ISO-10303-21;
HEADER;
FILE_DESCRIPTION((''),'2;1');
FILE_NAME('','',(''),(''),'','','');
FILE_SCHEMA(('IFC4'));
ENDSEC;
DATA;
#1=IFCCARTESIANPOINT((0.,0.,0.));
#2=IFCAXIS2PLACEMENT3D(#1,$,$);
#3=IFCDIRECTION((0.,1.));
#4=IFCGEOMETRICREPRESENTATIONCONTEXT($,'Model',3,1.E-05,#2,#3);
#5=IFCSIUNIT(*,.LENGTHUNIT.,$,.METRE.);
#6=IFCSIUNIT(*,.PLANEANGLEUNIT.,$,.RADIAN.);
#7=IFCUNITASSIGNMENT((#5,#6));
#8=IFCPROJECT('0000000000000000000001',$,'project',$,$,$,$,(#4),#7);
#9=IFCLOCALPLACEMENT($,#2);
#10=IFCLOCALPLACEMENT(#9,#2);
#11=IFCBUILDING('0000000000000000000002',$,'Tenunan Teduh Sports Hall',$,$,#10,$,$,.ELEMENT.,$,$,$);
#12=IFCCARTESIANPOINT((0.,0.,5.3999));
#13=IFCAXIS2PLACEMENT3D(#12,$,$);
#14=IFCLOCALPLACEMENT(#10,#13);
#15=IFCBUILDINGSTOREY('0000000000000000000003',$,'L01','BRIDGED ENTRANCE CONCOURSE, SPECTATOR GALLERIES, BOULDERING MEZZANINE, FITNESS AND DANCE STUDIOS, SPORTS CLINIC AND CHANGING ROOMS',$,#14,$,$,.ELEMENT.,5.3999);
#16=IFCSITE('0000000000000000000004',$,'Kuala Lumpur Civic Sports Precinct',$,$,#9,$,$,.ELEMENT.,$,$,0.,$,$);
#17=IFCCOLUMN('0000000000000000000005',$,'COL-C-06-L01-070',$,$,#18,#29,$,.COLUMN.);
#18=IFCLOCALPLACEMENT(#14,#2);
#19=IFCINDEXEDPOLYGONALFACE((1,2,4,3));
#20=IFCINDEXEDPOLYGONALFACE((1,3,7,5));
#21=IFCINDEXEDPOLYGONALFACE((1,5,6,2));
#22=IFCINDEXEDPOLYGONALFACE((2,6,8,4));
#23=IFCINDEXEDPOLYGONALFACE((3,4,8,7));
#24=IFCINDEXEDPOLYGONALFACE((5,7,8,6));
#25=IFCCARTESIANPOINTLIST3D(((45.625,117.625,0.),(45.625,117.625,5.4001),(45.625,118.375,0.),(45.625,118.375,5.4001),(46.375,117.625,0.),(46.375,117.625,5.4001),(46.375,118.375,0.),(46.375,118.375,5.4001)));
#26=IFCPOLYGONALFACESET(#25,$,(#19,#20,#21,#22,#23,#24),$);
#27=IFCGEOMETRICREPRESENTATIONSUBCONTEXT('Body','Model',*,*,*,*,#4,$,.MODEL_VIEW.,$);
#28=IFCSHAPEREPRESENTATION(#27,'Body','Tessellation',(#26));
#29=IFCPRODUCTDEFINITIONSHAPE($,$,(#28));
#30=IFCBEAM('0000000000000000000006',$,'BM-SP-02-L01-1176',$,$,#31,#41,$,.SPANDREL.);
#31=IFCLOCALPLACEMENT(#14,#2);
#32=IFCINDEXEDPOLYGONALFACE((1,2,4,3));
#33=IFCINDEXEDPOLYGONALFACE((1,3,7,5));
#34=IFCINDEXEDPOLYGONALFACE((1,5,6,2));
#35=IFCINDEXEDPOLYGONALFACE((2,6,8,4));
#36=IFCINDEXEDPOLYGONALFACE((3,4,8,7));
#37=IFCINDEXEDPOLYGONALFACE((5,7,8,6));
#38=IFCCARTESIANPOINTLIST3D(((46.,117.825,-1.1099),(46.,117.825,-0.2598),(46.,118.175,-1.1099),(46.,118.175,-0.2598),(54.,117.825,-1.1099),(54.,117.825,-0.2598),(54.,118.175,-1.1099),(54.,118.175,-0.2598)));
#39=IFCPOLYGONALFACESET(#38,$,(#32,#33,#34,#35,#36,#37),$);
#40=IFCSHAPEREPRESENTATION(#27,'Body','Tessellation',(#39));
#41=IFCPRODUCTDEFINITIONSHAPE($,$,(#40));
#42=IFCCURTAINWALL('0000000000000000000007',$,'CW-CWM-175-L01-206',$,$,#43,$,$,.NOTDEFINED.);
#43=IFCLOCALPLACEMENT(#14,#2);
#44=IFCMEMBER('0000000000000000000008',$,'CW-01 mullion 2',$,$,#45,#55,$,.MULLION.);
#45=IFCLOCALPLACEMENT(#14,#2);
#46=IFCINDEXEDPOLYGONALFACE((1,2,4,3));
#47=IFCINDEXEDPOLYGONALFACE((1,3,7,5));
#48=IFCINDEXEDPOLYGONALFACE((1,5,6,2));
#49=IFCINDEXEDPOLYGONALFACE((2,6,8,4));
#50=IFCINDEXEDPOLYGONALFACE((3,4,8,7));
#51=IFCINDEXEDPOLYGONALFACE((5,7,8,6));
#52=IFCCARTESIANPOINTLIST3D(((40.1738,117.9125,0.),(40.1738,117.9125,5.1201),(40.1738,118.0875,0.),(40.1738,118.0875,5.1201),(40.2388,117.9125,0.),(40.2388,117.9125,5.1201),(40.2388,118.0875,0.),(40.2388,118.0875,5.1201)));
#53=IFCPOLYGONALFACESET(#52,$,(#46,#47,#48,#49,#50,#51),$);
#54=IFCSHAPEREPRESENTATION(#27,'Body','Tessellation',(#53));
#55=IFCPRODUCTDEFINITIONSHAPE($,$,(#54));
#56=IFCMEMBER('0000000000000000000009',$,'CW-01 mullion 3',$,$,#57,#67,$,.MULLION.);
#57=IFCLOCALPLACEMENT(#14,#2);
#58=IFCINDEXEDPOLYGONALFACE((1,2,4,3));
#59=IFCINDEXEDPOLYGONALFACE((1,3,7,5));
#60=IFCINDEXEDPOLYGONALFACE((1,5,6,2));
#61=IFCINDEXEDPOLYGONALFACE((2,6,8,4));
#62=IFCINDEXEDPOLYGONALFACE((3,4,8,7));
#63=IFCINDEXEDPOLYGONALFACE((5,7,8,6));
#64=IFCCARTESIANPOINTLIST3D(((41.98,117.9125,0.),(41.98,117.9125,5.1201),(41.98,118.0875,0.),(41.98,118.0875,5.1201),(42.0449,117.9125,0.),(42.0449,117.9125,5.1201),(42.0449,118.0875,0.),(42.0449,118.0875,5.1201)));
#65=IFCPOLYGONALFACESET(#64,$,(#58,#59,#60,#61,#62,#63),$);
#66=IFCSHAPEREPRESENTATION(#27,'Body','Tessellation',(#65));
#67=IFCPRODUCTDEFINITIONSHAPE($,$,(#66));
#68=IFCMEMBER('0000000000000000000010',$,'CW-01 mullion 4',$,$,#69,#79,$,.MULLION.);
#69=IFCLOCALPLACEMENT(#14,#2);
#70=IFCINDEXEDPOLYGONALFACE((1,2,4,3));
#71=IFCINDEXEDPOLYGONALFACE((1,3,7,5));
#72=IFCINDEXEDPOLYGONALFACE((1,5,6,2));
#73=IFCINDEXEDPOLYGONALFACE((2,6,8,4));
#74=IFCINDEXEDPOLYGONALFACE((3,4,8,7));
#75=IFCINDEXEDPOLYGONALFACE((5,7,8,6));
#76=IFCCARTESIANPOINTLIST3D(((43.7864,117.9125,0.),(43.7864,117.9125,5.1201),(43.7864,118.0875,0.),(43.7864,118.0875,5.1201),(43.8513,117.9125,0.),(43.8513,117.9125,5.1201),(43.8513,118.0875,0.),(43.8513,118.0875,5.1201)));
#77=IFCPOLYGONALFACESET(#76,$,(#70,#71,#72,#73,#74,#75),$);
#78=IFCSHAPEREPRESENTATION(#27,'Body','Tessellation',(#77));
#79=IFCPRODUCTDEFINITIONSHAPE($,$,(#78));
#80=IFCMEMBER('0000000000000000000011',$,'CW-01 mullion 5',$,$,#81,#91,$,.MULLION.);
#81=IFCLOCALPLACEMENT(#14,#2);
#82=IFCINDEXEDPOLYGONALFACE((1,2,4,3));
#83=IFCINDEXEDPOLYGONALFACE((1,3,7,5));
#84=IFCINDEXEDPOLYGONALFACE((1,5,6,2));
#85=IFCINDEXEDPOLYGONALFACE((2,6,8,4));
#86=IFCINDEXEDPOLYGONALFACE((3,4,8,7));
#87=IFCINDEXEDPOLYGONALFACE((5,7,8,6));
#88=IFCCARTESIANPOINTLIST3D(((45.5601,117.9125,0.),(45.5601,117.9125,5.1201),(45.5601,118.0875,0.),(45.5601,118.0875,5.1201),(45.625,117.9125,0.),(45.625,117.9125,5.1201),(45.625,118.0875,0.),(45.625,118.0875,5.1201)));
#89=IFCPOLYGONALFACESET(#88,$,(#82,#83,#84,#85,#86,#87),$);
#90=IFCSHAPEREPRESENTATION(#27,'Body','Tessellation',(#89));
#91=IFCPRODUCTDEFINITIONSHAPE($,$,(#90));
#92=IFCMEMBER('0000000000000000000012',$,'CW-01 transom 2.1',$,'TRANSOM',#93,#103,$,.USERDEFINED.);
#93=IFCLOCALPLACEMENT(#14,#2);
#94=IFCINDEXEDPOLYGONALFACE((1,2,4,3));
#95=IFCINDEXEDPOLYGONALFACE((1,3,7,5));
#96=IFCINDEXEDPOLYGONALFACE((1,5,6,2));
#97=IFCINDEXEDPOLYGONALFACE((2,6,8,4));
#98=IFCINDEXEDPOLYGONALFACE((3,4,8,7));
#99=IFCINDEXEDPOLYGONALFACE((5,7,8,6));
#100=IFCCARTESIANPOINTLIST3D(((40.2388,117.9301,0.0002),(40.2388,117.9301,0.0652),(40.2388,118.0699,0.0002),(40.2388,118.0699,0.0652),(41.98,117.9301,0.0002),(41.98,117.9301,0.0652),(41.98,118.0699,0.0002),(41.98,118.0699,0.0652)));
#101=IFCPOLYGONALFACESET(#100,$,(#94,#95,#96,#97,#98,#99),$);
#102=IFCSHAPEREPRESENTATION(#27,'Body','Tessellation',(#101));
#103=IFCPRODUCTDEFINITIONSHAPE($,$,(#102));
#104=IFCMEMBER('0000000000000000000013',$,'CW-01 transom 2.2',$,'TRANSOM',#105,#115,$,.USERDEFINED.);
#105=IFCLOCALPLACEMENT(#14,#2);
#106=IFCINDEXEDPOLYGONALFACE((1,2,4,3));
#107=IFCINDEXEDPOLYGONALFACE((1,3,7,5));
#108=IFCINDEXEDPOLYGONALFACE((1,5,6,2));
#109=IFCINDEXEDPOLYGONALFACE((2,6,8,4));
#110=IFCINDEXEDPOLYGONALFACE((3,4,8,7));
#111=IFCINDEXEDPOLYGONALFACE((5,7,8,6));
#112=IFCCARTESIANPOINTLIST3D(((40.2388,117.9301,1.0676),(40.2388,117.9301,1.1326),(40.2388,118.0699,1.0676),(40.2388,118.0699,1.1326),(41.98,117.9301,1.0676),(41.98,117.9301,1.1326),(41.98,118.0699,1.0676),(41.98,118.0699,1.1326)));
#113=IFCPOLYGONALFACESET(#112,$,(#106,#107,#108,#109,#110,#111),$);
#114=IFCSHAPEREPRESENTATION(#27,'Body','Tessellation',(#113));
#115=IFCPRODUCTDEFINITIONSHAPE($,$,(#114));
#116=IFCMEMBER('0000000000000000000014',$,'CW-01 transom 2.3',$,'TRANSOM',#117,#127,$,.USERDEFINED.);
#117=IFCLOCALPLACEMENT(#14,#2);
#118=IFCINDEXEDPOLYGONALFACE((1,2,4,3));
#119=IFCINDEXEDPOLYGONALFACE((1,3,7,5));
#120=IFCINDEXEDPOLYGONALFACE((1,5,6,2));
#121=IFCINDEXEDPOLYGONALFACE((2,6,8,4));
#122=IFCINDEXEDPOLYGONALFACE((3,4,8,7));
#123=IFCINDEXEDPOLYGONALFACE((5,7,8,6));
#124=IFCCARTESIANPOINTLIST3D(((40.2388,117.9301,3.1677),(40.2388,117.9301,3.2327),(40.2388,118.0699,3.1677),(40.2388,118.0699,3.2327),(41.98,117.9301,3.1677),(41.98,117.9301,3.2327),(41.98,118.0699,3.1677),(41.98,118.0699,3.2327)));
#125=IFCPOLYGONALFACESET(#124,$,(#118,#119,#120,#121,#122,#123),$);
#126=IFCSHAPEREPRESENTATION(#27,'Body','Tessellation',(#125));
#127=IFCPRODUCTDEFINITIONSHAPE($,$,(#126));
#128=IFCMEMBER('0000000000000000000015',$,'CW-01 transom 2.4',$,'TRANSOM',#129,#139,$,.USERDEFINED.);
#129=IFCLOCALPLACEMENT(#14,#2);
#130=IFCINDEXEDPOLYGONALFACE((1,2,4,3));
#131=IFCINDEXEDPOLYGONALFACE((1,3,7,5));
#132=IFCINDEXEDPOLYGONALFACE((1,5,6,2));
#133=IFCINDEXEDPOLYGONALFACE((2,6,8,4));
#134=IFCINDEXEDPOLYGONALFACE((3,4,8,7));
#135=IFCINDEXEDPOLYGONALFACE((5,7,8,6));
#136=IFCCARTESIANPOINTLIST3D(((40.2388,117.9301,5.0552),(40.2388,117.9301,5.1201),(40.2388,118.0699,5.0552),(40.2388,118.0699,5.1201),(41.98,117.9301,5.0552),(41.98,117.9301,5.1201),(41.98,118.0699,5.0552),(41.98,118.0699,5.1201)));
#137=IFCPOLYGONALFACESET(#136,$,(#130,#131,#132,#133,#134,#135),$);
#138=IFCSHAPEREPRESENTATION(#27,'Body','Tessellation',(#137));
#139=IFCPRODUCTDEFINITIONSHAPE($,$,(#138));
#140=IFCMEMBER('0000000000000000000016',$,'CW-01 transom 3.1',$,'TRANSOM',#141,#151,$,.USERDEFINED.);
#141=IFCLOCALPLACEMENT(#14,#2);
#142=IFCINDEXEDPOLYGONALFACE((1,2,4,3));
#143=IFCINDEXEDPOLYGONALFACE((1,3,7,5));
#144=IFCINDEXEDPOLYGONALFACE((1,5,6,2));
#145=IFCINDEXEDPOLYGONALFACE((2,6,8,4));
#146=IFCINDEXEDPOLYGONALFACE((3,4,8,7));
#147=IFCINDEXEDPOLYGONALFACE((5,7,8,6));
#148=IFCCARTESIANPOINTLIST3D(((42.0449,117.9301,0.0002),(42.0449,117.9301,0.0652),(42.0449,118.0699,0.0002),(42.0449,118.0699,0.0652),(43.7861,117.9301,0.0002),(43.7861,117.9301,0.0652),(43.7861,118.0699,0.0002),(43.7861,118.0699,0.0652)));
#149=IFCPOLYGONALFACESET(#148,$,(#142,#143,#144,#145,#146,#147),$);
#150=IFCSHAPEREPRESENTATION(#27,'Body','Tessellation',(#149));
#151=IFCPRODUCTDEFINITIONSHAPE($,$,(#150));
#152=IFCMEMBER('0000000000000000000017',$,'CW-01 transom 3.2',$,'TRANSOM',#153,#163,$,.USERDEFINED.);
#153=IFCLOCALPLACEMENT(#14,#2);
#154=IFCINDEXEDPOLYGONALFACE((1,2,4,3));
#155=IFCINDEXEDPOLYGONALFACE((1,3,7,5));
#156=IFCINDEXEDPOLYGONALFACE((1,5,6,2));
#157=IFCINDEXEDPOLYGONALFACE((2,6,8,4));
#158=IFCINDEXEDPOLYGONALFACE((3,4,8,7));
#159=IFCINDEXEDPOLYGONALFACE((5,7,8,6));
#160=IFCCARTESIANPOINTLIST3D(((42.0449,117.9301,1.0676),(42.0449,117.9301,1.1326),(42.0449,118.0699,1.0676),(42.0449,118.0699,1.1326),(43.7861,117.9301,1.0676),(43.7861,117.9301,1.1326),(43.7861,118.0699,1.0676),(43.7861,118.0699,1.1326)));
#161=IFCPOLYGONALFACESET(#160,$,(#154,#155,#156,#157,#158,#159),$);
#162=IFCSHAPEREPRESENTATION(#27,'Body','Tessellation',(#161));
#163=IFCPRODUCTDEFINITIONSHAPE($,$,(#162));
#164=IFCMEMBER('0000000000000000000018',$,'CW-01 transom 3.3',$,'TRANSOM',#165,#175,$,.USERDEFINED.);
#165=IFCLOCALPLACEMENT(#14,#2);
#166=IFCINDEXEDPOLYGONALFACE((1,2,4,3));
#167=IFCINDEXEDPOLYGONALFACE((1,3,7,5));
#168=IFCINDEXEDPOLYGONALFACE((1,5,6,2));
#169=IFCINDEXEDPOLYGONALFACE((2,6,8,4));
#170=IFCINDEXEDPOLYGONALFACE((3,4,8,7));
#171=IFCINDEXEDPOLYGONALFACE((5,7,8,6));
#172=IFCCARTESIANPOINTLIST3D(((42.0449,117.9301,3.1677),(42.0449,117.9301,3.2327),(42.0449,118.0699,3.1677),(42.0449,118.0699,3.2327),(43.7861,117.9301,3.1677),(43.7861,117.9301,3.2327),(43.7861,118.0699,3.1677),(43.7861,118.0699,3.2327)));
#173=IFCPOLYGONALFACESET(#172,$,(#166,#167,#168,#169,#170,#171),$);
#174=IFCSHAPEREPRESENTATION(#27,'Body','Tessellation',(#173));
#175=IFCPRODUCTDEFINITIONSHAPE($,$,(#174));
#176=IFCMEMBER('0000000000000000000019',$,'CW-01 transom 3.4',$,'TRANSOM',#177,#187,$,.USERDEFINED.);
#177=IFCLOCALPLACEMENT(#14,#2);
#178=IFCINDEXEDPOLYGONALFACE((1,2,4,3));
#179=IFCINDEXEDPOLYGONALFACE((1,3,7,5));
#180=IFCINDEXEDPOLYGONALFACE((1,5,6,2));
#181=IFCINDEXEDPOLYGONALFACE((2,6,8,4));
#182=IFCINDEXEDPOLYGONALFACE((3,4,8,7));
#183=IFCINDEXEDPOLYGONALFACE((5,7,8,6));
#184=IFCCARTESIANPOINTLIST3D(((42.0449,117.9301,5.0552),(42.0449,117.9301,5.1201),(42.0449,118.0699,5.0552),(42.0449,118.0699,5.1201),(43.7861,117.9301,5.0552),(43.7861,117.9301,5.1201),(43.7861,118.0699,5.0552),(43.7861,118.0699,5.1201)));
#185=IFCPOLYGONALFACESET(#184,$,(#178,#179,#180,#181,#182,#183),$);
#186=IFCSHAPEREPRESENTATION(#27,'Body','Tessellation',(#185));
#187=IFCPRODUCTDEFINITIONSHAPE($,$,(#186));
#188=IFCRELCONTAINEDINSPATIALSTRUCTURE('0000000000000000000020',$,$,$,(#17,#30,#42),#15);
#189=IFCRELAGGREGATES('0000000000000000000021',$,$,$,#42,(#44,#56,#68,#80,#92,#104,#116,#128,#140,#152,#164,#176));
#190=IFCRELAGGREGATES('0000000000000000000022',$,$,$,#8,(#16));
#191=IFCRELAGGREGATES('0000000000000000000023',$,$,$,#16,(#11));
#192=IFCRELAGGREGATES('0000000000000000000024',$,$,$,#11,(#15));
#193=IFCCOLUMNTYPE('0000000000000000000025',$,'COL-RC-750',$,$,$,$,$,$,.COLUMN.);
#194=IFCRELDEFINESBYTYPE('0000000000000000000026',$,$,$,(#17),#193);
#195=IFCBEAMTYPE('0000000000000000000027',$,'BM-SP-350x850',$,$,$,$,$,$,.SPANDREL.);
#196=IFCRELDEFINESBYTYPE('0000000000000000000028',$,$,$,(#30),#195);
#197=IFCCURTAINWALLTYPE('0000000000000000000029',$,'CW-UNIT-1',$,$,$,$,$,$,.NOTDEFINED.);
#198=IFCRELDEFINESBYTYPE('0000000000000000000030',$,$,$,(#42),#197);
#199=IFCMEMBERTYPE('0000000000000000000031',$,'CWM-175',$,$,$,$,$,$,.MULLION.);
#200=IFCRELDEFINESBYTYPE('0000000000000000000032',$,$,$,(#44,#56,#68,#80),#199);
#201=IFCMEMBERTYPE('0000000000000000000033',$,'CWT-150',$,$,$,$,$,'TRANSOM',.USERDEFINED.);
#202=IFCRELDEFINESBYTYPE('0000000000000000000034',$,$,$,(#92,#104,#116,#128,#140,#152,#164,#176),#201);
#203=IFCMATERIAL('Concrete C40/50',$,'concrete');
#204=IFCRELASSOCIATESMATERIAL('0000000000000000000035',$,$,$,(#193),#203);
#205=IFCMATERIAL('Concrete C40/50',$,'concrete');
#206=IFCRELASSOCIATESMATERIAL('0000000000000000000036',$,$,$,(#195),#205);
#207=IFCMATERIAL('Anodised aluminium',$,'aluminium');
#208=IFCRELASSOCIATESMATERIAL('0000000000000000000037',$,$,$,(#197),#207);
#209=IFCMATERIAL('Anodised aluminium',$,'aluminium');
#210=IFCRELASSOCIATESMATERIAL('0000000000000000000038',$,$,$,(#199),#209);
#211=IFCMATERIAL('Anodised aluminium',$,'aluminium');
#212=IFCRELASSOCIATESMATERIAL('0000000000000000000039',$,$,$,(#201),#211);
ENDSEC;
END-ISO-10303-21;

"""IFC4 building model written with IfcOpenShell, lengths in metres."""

from ifc_helpers import new_model, si_unit, direction, frame, origin, origin_2d, place, context, subcontext, project, spatial, rectangle, extrude, material, material_profile, profile_set, type_object, element, aggregate, save


model = new_model("IFC4")

# Units and contexts
model_context = context("Model", 3, precision=1e-05, world=origin(), true_north=direction((0.0, 1.0)))
body_context = subcontext(model_context, "Body", "Model", "MODEL_VIEW")
ifc_project = project(units=[si_unit("LENGTHUNIT", "METRE"), si_unit("PLANEANGLEUNIT", "RADIAN")], contexts=[model_context])

# Site, building, storey
site_placement = place(None, origin())
site = spatial("IfcSite", under=ifc_project, at=site_placement, Name="Kuala Lumpur Civic Sports Precinct", CompositionType="ELEMENT", RefElevation=0.0)
building_placement = place(site_placement, origin())
building = spatial("IfcBuilding", under=site, at=building_placement, Name="Tenunan Teduh Sports Hall", CompositionType="ELEMENT")
storey_placement = place(building_placement, frame((0.0, 0.0, 5.3999)))
storey = spatial("IfcBuildingStorey", under=building, at=storey_placement, Name="L01", Description="BRIDGED ENTRANCE CONCOURSE, SPECTATOR GALLERIES, BOULDERING MEZZANINE, FITNESS AND DANCE STUDIOS, SPORTS CLINIC AND CHANGING ROOMS", CompositionType="ELEMENT", Elevation=5.3999)

# Column
ifc_material_1 = material(Name="Concrete C40/50", Category="concrete")
ifc_material_profile_1 = material_profile(ifc_material_1, rectangle(XDim=0.75, YDim=0.75, at=origin_2d()), Name="RC 750x750")
ifc_profile_set_1 = profile_set([ifc_material_profile_1], Name="Concrete C40/50")
column_type = type_object("IfcColumnType", Name="COL-RC-750", PredefinedType="COLUMN", material=ifc_profile_set_1)
column_placement = place(storey_placement, frame((46.0, 118.0, 0.0), z_axis=(0.0, 0.0, 1.0), x_axis=(1.0, 0.0, 0.0)))
element("IfcColumn", 1, at=column_placement, inside=storey, type_object=column_type, Name="COL-C-06-L01-070", PredefinedType="COLUMN", context=body_context, shape_type="SweptSolid", body=[
    extrude(rectangle(XDim=0.75, YDim=0.75, at=origin_2d()), origin(), (0.0, 0.0, 1.0), 5.4001),
])

# Beam
ifc_material_2 = material(Name="Concrete C40/50", Category="concrete")
ifc_material_profile_2 = material_profile(ifc_material_2, rectangle(XDim=0.3501, YDim=0.8501, at=origin_2d()), Name="SPB 350x850")
ifc_profile_set_2 = profile_set([ifc_material_profile_2], Name="Concrete C40/50")
beam_type = type_object("IfcBeamType", Name="BM-SP-350x850", PredefinedType="SPANDREL", material=ifc_profile_set_2)
beam_placement = place(storey_placement, frame((46.0, 118.0, -0.6848), z_axis=(1.0, 0.0, 0.0), x_axis=(0.0, 1.0, 0.0)))
element("IfcBeam", 2, at=beam_placement, inside=storey, type_object=beam_type, Name="BM-SP-02-L01-1176", PredefinedType="SPANDREL", context=body_context, shape_type="SweptSolid", body=[
    extrude(rectangle(XDim=0.3501, YDim=0.8501, at=origin_2d()), origin(), (0.0, 0.0, 1.0), 8.0),
])

# Curtain wall, members
ifc_material_3 = material(Name="Anodised aluminium", Category="aluminium")
curtain_wall_type = type_object("IfcCurtainWallType", Name="CW-UNIT-1", PredefinedType="NOTDEFINED", material=ifc_material_3)
curtain_wall_placement = place(storey_placement, origin())
curtain_wall = element("IfcCurtainWall", 3, at=curtain_wall_placement, inside=storey, type_object=curtain_wall_type, Name="CW-CWM-175-L01-206", PredefinedType="NOTDEFINED")
ifc_material_4 = material(Name="Anodised aluminium", Category="aluminium")
ifc_material_profile_3 = material_profile(ifc_material_4, rectangle(XDim=0.0649, YDim=0.175, at=origin_2d()), Name="CWM 65x175")
ifc_profile_set_3 = profile_set([ifc_material_profile_3], Name="Anodised aluminium")
member_type_1 = type_object("IfcMemberType", Name="CWM-175", PredefinedType="MULLION", material=ifc_profile_set_3)
member_1_placement = place(storey_placement, frame((40.2063, 118.0, 0.0), z_axis=(0.0, 0.0, 1.0), x_axis=(1.0, 0.0, 0.0)))
member_1 = element("IfcMember", 4, at=member_1_placement, type_object=member_type_1, Name="CW-01 mullion 2", PredefinedType="MULLION", context=body_context, shape_type="SweptSolid", body=[
    extrude(rectangle(XDim=0.0649, YDim=0.175, at=origin_2d()), origin(), (0.0, 0.0, 1.0), 5.1201),
])
member_2_placement = place(storey_placement, frame((42.0125, 118.0, 0.0), z_axis=(0.0, 0.0, 1.0), x_axis=(1.0, 0.0, 0.0)))
member_2 = element("IfcMember", 5, at=member_2_placement, type_object=member_type_1, Name="CW-01 mullion 3", PredefinedType="MULLION", context=body_context, shape_type="SweptSolid", body=[
    extrude(rectangle(XDim=0.0649, YDim=0.175, at=origin_2d()), origin(), (0.0, 0.0, 1.0), 5.1201),
])
member_3_placement = place(storey_placement, frame((43.8188, 118.0, 0.0), z_axis=(0.0, 0.0, 1.0), x_axis=(1.0, 0.0, 0.0)))
member_3 = element("IfcMember", 6, at=member_3_placement, type_object=member_type_1, Name="CW-01 mullion 4", PredefinedType="MULLION", context=body_context, shape_type="SweptSolid", body=[
    extrude(rectangle(XDim=0.0649, YDim=0.175, at=origin_2d()), origin(), (0.0, 0.0, 1.0), 5.1201),
])
member_4_placement = place(storey_placement, frame((45.5925, 118.0, 0.0), z_axis=(0.0, 0.0, 1.0), x_axis=(1.0, 0.0, 0.0)))
member_4 = element("IfcMember", 7, at=member_4_placement, type_object=member_type_1, Name="CW-01 mullion 5", PredefinedType="MULLION", context=body_context, shape_type="SweptSolid", body=[
    extrude(rectangle(XDim=0.0649, YDim=0.175, at=origin_2d()), origin(), (0.0, 0.0, 1.0), 5.1201),
])
ifc_material_5 = material(Name="Anodised aluminium", Category="aluminium")
ifc_material_profile_4 = material_profile(ifc_material_5, rectangle(XDim=0.0649, YDim=0.1399, at=origin_2d()), Name="CWT 65x140")
ifc_profile_set_4 = profile_set([ifc_material_profile_4], Name="Anodised aluminium")
member_type_2 = type_object("IfcMemberType", Name="CWT-150", ElementType="TRANSOM", PredefinedType="USERDEFINED", material=ifc_profile_set_4)
member_5_placement = place(storey_placement, frame((40.2388, 118.0, 0.0327), z_axis=(1.0, 0.0, 0.0), x_axis=(0.0, 0.0, 1.0)))
member_5 = element("IfcMember", 8, at=member_5_placement, type_object=member_type_2, Name="CW-01 transom 2.1", ObjectType="TRANSOM", PredefinedType="USERDEFINED", context=body_context, shape_type="SweptSolid", body=[
    extrude(rectangle(XDim=0.0649, YDim=0.1399, at=origin_2d()), origin(), (0.0, 0.0, 1.0), 1.7412),
])
member_6_placement = place(storey_placement, frame((40.2388, 118.0, 1.1001), z_axis=(1.0, 0.0, 0.0), x_axis=(0.0, 0.0, 1.0)))
member_6 = element("IfcMember", 9, at=member_6_placement, type_object=member_type_2, Name="CW-01 transom 2.2", ObjectType="TRANSOM", PredefinedType="USERDEFINED", context=body_context, shape_type="SweptSolid", body=[
    extrude(rectangle(XDim=0.0649, YDim=0.1399, at=origin_2d()), origin(), (0.0, 0.0, 1.0), 1.7412),
])
member_7_placement = place(storey_placement, frame((40.2388, 118.0, 3.2002), z_axis=(1.0, 0.0, 0.0), x_axis=(0.0, 0.0, 1.0)))
member_7 = element("IfcMember", 10, at=member_7_placement, type_object=member_type_2, Name="CW-01 transom 2.3", ObjectType="TRANSOM", PredefinedType="USERDEFINED", context=body_context, shape_type="SweptSolid", body=[
    extrude(rectangle(XDim=0.0649, YDim=0.1399, at=origin_2d()), origin(), (0.0, 0.0, 1.0), 1.7412),
])
member_8_placement = place(storey_placement, frame((40.2388, 118.0, 5.0876), z_axis=(1.0, 0.0, 0.0), x_axis=(0.0, 0.0, 1.0)))
member_8 = element("IfcMember", 11, at=member_8_placement, type_object=member_type_2, Name="CW-01 transom 2.4", ObjectType="TRANSOM", PredefinedType="USERDEFINED", context=body_context, shape_type="SweptSolid", body=[
    extrude(rectangle(XDim=0.0649, YDim=0.1399, at=origin_2d()), origin(), (0.0, 0.0, 1.0), 1.7412),
])
member_9_placement = place(storey_placement, frame((42.0449, 118.0, 0.0327), z_axis=(1.0, 0.0, 0.0), x_axis=(0.0, 0.0, 1.0)))
member_9 = element("IfcMember", 12, at=member_9_placement, type_object=member_type_2, Name="CW-01 transom 3.1", ObjectType="TRANSOM", PredefinedType="USERDEFINED", context=body_context, shape_type="SweptSolid", body=[
    extrude(rectangle(XDim=0.0649, YDim=0.1399, at=origin_2d()), origin(), (0.0, 0.0, 1.0), 1.7412),
])
member_10_placement = place(storey_placement, frame((42.0449, 118.0, 1.1001), z_axis=(1.0, 0.0, 0.0), x_axis=(0.0, 0.0, 1.0)))
member_10 = element("IfcMember", 13, at=member_10_placement, type_object=member_type_2, Name="CW-01 transom 3.2", ObjectType="TRANSOM", PredefinedType="USERDEFINED", context=body_context, shape_type="SweptSolid", body=[
    extrude(rectangle(XDim=0.0649, YDim=0.1399, at=origin_2d()), origin(), (0.0, 0.0, 1.0), 1.7412),
])
member_11_placement = place(storey_placement, frame((42.0449, 118.0, 3.2002), z_axis=(1.0, 0.0, 0.0), x_axis=(0.0, 0.0, 1.0)))
member_11 = element("IfcMember", 14, at=member_11_placement, type_object=member_type_2, Name="CW-01 transom 3.3", ObjectType="TRANSOM", PredefinedType="USERDEFINED", context=body_context, shape_type="SweptSolid", body=[
    extrude(rectangle(XDim=0.0649, YDim=0.1399, at=origin_2d()), origin(), (0.0, 0.0, 1.0), 1.7412),
])
member_12_placement = place(storey_placement, frame((42.0449, 118.0, 5.0876), z_axis=(1.0, 0.0, 0.0), x_axis=(0.0, 0.0, 1.0)))
member_12 = element("IfcMember", 15, at=member_12_placement, type_object=member_type_2, Name="CW-01 transom 3.4", ObjectType="TRANSOM", PredefinedType="USERDEFINED", context=body_context, shape_type="SweptSolid", body=[
    extrude(rectangle(XDim=0.0649, YDim=0.1399, at=origin_2d()), origin(), (0.0, 0.0, 1.0), 1.7412),
])

aggregate(curtain_wall, [member_1, member_2, member_3, member_4, member_5, member_6, member_7, member_8, member_9, member_10, member_11, member_12])

save(model, "model.ifc")
